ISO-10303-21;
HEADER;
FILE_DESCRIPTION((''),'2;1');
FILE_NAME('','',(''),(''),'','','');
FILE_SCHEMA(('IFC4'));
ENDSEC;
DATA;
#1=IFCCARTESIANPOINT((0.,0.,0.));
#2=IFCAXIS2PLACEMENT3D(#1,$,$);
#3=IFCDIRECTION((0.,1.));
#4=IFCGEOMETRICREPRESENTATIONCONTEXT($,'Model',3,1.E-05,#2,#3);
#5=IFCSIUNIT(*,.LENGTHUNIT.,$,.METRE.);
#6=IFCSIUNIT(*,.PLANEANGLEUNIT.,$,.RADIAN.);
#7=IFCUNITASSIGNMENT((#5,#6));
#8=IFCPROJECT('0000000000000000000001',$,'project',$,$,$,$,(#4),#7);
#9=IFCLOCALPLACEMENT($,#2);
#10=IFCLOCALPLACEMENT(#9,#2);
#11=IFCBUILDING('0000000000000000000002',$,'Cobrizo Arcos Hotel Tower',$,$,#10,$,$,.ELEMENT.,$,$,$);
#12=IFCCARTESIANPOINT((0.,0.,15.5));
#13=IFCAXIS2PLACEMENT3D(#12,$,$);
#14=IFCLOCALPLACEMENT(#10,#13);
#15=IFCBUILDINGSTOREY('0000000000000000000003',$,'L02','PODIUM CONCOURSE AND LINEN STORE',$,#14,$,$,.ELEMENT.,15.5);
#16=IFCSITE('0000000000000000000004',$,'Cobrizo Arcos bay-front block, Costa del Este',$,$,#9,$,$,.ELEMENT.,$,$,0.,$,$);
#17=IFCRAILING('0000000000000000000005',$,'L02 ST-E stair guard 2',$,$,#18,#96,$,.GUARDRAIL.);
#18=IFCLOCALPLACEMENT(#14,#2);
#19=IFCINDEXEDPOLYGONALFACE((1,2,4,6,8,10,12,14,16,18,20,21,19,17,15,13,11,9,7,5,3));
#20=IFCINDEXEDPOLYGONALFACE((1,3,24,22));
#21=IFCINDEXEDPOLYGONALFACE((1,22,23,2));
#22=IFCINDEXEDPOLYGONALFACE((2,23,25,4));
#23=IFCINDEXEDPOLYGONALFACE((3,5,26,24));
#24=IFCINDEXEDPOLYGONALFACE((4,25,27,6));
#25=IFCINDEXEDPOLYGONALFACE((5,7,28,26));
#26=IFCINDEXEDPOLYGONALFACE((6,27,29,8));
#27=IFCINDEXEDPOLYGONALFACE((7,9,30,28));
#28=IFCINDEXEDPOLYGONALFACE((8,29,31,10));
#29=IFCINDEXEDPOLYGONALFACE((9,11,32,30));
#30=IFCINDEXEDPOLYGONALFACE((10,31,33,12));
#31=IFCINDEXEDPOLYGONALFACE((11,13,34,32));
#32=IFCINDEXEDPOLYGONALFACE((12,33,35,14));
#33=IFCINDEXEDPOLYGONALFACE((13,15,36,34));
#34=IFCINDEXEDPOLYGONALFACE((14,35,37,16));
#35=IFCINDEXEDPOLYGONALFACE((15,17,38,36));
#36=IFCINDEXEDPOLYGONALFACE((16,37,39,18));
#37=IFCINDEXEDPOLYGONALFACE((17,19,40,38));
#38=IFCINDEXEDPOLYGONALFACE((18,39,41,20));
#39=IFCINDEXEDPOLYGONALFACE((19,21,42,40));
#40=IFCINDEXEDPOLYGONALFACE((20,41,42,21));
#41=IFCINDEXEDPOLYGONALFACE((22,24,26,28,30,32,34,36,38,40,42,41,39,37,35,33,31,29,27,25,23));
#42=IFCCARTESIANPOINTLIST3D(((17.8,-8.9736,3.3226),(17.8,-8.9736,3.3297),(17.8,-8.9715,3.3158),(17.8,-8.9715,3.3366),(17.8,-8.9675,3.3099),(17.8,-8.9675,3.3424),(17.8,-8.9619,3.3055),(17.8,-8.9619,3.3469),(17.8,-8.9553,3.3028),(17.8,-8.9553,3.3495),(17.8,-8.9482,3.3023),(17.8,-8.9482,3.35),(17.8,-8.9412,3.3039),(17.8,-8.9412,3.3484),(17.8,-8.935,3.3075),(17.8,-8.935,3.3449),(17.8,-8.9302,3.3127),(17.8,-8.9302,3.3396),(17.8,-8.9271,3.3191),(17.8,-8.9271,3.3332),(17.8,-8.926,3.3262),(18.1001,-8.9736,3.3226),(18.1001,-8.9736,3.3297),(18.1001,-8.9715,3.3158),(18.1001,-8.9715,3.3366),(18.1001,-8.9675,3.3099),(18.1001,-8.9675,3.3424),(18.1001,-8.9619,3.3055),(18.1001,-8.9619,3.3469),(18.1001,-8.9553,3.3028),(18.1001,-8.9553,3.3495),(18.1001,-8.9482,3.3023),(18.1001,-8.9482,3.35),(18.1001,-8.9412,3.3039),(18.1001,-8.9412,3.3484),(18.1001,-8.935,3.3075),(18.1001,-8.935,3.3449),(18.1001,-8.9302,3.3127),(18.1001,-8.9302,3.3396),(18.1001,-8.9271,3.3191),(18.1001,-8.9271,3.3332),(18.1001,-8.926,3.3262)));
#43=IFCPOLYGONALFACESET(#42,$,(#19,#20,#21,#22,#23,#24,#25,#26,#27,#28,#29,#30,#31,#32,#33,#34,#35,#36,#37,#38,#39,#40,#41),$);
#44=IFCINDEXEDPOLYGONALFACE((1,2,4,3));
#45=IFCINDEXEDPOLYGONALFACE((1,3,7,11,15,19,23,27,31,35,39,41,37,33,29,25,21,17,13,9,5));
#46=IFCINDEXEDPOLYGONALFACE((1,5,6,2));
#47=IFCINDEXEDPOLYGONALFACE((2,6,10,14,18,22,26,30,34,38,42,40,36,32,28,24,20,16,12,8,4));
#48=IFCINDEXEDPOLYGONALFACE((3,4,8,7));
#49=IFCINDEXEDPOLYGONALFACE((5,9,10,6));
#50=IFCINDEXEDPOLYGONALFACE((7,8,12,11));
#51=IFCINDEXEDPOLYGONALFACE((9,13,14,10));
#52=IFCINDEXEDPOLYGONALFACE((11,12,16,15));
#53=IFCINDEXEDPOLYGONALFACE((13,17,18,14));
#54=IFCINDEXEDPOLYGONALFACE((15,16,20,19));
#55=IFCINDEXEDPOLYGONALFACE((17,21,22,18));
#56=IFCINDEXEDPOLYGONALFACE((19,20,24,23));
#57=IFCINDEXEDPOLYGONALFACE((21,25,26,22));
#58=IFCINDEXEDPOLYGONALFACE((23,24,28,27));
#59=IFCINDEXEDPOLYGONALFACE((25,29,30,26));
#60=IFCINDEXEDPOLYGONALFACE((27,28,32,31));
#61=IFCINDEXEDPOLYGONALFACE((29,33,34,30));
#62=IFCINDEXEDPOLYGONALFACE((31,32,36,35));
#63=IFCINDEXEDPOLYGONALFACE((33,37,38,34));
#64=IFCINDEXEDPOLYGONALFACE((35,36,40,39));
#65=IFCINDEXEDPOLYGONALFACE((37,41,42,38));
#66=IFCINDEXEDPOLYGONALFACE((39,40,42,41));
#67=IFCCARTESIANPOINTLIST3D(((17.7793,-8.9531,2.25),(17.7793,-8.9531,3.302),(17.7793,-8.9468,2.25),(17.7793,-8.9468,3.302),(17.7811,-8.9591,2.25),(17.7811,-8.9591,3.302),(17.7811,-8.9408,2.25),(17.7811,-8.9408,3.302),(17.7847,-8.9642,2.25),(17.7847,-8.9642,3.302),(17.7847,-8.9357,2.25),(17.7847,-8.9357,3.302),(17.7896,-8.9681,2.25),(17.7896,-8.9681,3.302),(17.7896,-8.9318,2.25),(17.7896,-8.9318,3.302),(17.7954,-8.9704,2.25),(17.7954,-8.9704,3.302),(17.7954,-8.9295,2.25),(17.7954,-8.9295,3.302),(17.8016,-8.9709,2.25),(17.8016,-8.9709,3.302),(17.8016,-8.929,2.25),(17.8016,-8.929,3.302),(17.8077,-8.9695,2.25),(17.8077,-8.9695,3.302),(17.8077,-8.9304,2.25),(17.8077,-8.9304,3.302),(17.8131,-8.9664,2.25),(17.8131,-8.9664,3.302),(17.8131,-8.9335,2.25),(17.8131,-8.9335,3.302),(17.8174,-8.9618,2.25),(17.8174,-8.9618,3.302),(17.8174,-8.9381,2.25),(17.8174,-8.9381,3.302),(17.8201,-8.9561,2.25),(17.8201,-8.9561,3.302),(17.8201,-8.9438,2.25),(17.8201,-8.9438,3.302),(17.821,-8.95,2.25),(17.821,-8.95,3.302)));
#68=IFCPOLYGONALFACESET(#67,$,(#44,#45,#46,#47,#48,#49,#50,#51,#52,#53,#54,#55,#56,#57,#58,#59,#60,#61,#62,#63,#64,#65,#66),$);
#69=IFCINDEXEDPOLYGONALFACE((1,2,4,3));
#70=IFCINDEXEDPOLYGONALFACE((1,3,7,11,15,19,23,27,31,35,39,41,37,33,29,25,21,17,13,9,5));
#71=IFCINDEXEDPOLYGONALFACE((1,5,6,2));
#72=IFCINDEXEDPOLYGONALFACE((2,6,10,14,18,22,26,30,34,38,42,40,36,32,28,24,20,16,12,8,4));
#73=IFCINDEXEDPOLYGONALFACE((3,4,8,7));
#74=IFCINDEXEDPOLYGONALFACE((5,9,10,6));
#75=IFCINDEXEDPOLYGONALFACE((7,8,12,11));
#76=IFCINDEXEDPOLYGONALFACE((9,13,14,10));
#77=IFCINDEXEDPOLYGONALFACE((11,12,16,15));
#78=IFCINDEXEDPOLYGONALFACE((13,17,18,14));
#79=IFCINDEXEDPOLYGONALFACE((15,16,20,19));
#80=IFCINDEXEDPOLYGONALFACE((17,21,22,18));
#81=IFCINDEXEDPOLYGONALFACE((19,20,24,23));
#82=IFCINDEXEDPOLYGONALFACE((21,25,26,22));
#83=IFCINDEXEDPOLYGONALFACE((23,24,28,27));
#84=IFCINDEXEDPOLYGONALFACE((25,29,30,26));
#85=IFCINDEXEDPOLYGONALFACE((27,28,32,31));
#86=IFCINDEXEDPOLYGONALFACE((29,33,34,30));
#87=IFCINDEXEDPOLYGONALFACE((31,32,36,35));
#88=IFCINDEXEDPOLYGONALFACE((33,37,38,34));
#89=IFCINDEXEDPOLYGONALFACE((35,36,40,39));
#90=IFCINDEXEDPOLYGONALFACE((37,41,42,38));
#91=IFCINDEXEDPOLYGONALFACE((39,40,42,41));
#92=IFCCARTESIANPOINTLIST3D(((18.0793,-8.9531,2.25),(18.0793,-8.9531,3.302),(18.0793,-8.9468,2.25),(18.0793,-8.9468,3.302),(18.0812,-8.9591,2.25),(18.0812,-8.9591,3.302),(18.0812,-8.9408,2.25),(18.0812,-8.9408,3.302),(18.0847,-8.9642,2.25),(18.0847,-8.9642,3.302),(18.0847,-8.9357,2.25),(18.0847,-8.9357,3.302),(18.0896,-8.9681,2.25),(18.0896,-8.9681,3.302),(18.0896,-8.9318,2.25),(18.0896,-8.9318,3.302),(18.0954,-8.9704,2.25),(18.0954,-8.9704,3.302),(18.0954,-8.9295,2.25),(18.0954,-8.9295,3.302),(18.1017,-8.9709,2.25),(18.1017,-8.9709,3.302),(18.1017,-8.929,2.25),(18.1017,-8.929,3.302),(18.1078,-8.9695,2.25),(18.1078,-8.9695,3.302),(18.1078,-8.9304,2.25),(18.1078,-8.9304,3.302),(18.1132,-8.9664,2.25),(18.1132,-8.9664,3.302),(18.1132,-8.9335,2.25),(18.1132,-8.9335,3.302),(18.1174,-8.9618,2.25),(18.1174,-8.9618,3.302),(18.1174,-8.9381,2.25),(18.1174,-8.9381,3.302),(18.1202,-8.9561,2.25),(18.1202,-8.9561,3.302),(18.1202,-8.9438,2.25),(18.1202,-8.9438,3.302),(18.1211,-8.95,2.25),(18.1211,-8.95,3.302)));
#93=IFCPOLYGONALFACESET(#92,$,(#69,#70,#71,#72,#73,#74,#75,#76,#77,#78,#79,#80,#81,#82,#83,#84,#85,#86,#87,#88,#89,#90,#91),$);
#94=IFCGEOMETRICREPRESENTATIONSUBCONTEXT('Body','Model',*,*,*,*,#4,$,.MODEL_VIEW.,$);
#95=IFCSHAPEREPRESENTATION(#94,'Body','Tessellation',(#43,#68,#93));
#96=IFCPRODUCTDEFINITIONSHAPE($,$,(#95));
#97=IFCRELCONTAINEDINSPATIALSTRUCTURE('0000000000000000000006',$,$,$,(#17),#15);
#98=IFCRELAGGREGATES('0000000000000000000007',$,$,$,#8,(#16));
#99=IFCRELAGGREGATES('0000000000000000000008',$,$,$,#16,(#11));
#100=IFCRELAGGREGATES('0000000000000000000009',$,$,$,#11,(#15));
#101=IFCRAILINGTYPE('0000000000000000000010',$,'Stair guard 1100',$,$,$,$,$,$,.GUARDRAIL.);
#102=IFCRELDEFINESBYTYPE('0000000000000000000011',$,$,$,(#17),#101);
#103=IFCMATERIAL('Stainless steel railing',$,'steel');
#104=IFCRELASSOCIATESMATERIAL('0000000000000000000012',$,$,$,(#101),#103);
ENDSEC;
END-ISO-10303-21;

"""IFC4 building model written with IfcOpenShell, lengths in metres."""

from ifc_helpers import new_model, si_unit, direction, frame, origin, origin_2d, place, context, subcontext, project, spatial, circle, extrude, material, type_object, element, save


model = new_model("IFC4")

# Units and contexts
model_context = context("Model", 3, precision=1e-05, world=origin(), true_north=direction((0.0, 1.0)))
body_context = subcontext(model_context, "Body", "Model", "MODEL_VIEW")
ifc_project = project(units=[si_unit("LENGTHUNIT", "METRE"), si_unit("PLANEANGLEUNIT", "RADIAN")], contexts=[model_context])

# Site, building, storey
site_placement = place(None, origin())
site = spatial("IfcSite", under=ifc_project, at=site_placement, Name="Cobrizo Arcos bay-front block, Costa del Este", CompositionType="ELEMENT", RefElevation=0.0)
building_placement = place(site_placement, origin())
building = spatial("IfcBuilding", under=site, at=building_placement, Name="Cobrizo Arcos Hotel Tower", CompositionType="ELEMENT")
storey_placement = place(building_placement, frame((0.0, 0.0, 15.5)))
storey = spatial("IfcBuildingStorey", under=building, at=storey_placement, Name="L02", Description="PODIUM CONCOURSE AND LINEN STORE", CompositionType="ELEMENT", Elevation=15.5)

# Railing
ifc_material_1 = material(Name="Stainless steel railing", Category="steel")
railing_type_1 = type_object("IfcRailingType", Name="Stair guard 1100", PredefinedType="GUARDRAIL", material=ifc_material_1)
railing_1_placement = place(storey_placement, frame((17.8, -8.95, 2.25)))
element("IfcRailing", 1, at=railing_1_placement, inside=storey, type_object=railing_type_1, Name="L02 ST-E stair guard 2", PredefinedType="GUARDRAIL", context=body_context, shape_type="SweptSolid", body=[
    extrude(circle(Radius=0.0239, at=origin_2d()), frame((0.0, 0.0, 1.0762), z_axis=(1.0, 0.0, 0.0), x_axis=(0.0, 1.0, 0.0)), (0.0, 0.0, 1.0), 0.3),
    extrude(circle(Radius=0.021, at=origin_2d()), origin(), (0.0, 0.0, 1.0), 1.052),
    extrude(circle(Radius=0.021, at=origin_2d()), frame((0.3, 0.0, 0.0)), (0.0, 0.0, 1.0), 1.052),
])

save(model, "model.ifc")
